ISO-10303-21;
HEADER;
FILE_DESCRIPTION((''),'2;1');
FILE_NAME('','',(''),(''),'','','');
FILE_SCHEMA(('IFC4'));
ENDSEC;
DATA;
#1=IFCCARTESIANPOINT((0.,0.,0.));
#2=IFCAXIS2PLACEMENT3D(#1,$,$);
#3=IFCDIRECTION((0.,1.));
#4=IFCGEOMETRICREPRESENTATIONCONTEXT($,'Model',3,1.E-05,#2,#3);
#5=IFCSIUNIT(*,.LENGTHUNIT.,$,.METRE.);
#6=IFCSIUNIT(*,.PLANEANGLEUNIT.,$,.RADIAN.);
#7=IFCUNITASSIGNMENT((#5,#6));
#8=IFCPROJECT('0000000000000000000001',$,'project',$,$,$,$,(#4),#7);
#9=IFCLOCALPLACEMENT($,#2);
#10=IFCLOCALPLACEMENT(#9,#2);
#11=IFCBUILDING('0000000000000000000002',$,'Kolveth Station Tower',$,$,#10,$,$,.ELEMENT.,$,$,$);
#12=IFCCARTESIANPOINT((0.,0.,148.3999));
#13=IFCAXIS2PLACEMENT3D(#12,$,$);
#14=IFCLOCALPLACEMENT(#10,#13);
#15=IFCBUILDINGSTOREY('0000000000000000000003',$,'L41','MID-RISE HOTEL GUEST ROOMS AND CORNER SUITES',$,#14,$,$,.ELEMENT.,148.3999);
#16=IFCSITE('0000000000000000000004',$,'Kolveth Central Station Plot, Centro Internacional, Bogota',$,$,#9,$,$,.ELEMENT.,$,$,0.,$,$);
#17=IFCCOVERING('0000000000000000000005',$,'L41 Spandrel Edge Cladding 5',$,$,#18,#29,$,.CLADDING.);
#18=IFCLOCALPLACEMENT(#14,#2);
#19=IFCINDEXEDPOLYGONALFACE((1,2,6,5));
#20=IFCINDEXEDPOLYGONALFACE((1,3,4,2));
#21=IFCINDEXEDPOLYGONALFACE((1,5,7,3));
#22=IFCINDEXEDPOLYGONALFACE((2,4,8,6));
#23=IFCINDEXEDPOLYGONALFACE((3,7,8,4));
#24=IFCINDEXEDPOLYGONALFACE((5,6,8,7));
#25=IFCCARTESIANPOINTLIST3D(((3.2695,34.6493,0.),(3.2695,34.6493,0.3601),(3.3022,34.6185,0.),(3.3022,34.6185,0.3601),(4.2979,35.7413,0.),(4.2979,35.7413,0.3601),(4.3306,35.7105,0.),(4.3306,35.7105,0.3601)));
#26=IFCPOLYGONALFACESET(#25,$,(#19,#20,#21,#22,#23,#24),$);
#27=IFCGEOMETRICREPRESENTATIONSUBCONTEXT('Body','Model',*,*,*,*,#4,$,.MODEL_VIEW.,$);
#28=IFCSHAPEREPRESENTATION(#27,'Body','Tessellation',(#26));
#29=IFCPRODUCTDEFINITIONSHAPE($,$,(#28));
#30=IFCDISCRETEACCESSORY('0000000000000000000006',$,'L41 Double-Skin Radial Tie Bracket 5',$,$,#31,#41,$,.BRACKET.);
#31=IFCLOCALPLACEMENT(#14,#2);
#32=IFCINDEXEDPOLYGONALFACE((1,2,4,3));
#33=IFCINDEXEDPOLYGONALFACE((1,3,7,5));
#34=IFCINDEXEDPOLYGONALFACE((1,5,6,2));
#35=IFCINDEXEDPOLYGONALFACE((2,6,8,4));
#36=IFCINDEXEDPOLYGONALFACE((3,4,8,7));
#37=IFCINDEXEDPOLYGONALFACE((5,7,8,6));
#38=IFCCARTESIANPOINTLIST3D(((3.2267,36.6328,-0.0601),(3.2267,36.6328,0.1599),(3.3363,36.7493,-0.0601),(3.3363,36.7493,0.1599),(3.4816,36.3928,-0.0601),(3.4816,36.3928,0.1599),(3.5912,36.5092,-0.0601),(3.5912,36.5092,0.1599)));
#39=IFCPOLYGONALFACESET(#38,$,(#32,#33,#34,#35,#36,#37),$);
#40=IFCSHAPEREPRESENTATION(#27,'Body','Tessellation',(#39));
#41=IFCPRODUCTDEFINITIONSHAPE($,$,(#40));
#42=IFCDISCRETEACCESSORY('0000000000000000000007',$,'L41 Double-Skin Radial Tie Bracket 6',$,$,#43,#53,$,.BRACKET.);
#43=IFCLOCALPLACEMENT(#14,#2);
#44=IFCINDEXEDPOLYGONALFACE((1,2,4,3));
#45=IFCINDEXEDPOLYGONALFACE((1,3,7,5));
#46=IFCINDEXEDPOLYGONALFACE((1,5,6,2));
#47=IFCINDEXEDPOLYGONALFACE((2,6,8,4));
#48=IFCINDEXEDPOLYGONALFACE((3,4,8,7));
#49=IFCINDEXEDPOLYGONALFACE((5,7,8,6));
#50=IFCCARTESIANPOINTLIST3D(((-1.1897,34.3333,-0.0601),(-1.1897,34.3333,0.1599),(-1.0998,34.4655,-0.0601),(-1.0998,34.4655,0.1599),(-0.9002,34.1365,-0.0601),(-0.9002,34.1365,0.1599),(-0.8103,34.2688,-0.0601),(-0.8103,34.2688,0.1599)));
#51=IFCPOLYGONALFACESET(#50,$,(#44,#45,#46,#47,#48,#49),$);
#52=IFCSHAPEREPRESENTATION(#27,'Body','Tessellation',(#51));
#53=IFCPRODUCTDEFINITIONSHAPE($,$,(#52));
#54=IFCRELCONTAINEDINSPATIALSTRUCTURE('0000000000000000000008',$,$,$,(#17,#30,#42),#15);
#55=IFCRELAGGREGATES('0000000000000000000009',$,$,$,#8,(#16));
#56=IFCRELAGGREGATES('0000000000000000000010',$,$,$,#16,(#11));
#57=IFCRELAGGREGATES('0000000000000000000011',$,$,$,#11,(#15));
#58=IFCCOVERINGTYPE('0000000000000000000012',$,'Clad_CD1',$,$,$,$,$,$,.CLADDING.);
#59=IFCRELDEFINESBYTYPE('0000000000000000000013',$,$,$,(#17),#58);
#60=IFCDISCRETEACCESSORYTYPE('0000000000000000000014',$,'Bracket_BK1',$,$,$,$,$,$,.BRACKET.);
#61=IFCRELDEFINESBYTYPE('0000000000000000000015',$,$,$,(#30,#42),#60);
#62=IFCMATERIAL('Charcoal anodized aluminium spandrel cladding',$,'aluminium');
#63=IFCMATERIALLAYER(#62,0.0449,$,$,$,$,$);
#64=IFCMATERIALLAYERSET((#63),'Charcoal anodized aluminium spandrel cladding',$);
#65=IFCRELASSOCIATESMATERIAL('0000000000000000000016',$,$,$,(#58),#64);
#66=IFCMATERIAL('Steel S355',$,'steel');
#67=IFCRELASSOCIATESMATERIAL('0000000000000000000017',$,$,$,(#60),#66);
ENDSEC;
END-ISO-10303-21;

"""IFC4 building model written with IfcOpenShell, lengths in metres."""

from ifc_helpers import new_model, si_unit, direction, frame, origin, origin_2d, place, context, subcontext, project, spatial, rectangle, extrude, source, transform, mapped, material, layer, layer_set, type_object, element, save


model = new_model("IFC4")

# Units and contexts
model_context = context("Model", 3, precision=1e-05, world=origin(), true_north=direction((0.0, 1.0)))
body_context = subcontext(model_context, "Body", "Model", "MODEL_VIEW")
ifc_project = project(units=[si_unit("LENGTHUNIT", "METRE"), si_unit("PLANEANGLEUNIT", "RADIAN")], contexts=[model_context])

# Site, building, storey
site_placement = place(None, origin())
site = spatial("IfcSite", under=ifc_project, at=site_placement, Name="Kolveth Central Station Plot, Centro Internacional, Bogota", CompositionType="ELEMENT", RefElevation=0.0)
building_placement = place(site_placement, origin())
building = spatial("IfcBuilding", under=site, at=building_placement, Name="Kolveth Station Tower", CompositionType="ELEMENT")
storey_placement = place(building_placement, frame((0.0, 0.0, 148.3999)))
storey = spatial("IfcBuildingStorey", under=building, at=storey_placement, Name="L41", Description="MID-RISE HOTEL GUEST ROOMS AND CORNER SUITES", CompositionType="ELEMENT", Elevation=148.3999)

# Covering
ifc_material_1 = material(Name="Charcoal anodized aluminium spandrel cladding", Category="aluminium")
ifc_layer_1 = layer(ifc_material_1, 0.0449)
ifc_layer_set_1 = layer_set([ifc_layer_1], Name="Charcoal anodized aluminium spandrel cladding")
covering_type = type_object("IfcCoveringType", Name="Clad_CD1", PredefinedType="CLADDING", material=ifc_layer_set_1)
shared_shape_1 = source(origin(), body_context, "Body", "SweptSolid", [
    extrude(rectangle(XDim=1.5, YDim=0.0449, at=origin_2d()), origin(), (0.0, 0.0, 1.0), 0.3601),
])
covering_placement = place(storey_placement, frame((3.8, 35.1799, 0.0), z_axis=(0.0, 0.0, 1.0), x_axis=(-0.685564, -0.728012, 0.0)))
element("IfcCovering", 1, at=covering_placement, inside=storey, type_object=covering_type, Name="L41 Spandrel Edge Cladding 5", PredefinedType="CLADDING", context=body_context, shape_type="MappedRepresentation", body=[
    mapped(shared_shape_1, transform((0.0, 0.0, 0.0), x_axis=(1.0, 0.0, 0.0), y_axis=(0.0, 1.0, 0.0), z_axis=(0.0, 0.0, 1.0), scale=1.0)),
])

# Discrete accessories
ifc_material_2 = material(Name="Steel S355", Category="steel")
discrete_accessory_type = type_object("IfcDiscreteAccessoryType", Name="Bracket_BK1", PredefinedType="BRACKET", material=ifc_material_2)
shared_shape_2 = source(origin(), body_context, "Body", "SweptSolid", [
    extrude(rectangle(XDim=0.3501, YDim=0.1599, at=origin_2d()), origin(), (0.0, 0.0, 1.0), 0.22),
])
for number, where, z_axis, x_axis, name in (
    (2, (3.4089, 36.571, -0.0601), (0.0, 0.0, 1.0), (-0.728012, 0.685564, 0.0), "L41 Double-Skin Radial Tie Bracket 5"),
    (3, (-1.0, 34.301, -0.0601), (0.0, 0.0, 1.0), (-0.827081, 0.562083, 0.0), "L41 Double-Skin Radial Tie Bracket 6"),
):
    element("IfcDiscreteAccessory", number, at=place(storey_placement, frame(where, z_axis=z_axis, x_axis=x_axis)), inside=storey, type_object=discrete_accessory_type, Name=name, PredefinedType="BRACKET", context=body_context, shape_type="MappedRepresentation", body=[
        mapped(shared_shape_2, transform((0.0, 0.0, 0.0), x_axis=(1.0, 0.0, 0.0), y_axis=(0.0, 1.0, 0.0), z_axis=(0.0, 0.0, 1.0), scale=1.0)),
    ])

save(model, "model.ifc")
